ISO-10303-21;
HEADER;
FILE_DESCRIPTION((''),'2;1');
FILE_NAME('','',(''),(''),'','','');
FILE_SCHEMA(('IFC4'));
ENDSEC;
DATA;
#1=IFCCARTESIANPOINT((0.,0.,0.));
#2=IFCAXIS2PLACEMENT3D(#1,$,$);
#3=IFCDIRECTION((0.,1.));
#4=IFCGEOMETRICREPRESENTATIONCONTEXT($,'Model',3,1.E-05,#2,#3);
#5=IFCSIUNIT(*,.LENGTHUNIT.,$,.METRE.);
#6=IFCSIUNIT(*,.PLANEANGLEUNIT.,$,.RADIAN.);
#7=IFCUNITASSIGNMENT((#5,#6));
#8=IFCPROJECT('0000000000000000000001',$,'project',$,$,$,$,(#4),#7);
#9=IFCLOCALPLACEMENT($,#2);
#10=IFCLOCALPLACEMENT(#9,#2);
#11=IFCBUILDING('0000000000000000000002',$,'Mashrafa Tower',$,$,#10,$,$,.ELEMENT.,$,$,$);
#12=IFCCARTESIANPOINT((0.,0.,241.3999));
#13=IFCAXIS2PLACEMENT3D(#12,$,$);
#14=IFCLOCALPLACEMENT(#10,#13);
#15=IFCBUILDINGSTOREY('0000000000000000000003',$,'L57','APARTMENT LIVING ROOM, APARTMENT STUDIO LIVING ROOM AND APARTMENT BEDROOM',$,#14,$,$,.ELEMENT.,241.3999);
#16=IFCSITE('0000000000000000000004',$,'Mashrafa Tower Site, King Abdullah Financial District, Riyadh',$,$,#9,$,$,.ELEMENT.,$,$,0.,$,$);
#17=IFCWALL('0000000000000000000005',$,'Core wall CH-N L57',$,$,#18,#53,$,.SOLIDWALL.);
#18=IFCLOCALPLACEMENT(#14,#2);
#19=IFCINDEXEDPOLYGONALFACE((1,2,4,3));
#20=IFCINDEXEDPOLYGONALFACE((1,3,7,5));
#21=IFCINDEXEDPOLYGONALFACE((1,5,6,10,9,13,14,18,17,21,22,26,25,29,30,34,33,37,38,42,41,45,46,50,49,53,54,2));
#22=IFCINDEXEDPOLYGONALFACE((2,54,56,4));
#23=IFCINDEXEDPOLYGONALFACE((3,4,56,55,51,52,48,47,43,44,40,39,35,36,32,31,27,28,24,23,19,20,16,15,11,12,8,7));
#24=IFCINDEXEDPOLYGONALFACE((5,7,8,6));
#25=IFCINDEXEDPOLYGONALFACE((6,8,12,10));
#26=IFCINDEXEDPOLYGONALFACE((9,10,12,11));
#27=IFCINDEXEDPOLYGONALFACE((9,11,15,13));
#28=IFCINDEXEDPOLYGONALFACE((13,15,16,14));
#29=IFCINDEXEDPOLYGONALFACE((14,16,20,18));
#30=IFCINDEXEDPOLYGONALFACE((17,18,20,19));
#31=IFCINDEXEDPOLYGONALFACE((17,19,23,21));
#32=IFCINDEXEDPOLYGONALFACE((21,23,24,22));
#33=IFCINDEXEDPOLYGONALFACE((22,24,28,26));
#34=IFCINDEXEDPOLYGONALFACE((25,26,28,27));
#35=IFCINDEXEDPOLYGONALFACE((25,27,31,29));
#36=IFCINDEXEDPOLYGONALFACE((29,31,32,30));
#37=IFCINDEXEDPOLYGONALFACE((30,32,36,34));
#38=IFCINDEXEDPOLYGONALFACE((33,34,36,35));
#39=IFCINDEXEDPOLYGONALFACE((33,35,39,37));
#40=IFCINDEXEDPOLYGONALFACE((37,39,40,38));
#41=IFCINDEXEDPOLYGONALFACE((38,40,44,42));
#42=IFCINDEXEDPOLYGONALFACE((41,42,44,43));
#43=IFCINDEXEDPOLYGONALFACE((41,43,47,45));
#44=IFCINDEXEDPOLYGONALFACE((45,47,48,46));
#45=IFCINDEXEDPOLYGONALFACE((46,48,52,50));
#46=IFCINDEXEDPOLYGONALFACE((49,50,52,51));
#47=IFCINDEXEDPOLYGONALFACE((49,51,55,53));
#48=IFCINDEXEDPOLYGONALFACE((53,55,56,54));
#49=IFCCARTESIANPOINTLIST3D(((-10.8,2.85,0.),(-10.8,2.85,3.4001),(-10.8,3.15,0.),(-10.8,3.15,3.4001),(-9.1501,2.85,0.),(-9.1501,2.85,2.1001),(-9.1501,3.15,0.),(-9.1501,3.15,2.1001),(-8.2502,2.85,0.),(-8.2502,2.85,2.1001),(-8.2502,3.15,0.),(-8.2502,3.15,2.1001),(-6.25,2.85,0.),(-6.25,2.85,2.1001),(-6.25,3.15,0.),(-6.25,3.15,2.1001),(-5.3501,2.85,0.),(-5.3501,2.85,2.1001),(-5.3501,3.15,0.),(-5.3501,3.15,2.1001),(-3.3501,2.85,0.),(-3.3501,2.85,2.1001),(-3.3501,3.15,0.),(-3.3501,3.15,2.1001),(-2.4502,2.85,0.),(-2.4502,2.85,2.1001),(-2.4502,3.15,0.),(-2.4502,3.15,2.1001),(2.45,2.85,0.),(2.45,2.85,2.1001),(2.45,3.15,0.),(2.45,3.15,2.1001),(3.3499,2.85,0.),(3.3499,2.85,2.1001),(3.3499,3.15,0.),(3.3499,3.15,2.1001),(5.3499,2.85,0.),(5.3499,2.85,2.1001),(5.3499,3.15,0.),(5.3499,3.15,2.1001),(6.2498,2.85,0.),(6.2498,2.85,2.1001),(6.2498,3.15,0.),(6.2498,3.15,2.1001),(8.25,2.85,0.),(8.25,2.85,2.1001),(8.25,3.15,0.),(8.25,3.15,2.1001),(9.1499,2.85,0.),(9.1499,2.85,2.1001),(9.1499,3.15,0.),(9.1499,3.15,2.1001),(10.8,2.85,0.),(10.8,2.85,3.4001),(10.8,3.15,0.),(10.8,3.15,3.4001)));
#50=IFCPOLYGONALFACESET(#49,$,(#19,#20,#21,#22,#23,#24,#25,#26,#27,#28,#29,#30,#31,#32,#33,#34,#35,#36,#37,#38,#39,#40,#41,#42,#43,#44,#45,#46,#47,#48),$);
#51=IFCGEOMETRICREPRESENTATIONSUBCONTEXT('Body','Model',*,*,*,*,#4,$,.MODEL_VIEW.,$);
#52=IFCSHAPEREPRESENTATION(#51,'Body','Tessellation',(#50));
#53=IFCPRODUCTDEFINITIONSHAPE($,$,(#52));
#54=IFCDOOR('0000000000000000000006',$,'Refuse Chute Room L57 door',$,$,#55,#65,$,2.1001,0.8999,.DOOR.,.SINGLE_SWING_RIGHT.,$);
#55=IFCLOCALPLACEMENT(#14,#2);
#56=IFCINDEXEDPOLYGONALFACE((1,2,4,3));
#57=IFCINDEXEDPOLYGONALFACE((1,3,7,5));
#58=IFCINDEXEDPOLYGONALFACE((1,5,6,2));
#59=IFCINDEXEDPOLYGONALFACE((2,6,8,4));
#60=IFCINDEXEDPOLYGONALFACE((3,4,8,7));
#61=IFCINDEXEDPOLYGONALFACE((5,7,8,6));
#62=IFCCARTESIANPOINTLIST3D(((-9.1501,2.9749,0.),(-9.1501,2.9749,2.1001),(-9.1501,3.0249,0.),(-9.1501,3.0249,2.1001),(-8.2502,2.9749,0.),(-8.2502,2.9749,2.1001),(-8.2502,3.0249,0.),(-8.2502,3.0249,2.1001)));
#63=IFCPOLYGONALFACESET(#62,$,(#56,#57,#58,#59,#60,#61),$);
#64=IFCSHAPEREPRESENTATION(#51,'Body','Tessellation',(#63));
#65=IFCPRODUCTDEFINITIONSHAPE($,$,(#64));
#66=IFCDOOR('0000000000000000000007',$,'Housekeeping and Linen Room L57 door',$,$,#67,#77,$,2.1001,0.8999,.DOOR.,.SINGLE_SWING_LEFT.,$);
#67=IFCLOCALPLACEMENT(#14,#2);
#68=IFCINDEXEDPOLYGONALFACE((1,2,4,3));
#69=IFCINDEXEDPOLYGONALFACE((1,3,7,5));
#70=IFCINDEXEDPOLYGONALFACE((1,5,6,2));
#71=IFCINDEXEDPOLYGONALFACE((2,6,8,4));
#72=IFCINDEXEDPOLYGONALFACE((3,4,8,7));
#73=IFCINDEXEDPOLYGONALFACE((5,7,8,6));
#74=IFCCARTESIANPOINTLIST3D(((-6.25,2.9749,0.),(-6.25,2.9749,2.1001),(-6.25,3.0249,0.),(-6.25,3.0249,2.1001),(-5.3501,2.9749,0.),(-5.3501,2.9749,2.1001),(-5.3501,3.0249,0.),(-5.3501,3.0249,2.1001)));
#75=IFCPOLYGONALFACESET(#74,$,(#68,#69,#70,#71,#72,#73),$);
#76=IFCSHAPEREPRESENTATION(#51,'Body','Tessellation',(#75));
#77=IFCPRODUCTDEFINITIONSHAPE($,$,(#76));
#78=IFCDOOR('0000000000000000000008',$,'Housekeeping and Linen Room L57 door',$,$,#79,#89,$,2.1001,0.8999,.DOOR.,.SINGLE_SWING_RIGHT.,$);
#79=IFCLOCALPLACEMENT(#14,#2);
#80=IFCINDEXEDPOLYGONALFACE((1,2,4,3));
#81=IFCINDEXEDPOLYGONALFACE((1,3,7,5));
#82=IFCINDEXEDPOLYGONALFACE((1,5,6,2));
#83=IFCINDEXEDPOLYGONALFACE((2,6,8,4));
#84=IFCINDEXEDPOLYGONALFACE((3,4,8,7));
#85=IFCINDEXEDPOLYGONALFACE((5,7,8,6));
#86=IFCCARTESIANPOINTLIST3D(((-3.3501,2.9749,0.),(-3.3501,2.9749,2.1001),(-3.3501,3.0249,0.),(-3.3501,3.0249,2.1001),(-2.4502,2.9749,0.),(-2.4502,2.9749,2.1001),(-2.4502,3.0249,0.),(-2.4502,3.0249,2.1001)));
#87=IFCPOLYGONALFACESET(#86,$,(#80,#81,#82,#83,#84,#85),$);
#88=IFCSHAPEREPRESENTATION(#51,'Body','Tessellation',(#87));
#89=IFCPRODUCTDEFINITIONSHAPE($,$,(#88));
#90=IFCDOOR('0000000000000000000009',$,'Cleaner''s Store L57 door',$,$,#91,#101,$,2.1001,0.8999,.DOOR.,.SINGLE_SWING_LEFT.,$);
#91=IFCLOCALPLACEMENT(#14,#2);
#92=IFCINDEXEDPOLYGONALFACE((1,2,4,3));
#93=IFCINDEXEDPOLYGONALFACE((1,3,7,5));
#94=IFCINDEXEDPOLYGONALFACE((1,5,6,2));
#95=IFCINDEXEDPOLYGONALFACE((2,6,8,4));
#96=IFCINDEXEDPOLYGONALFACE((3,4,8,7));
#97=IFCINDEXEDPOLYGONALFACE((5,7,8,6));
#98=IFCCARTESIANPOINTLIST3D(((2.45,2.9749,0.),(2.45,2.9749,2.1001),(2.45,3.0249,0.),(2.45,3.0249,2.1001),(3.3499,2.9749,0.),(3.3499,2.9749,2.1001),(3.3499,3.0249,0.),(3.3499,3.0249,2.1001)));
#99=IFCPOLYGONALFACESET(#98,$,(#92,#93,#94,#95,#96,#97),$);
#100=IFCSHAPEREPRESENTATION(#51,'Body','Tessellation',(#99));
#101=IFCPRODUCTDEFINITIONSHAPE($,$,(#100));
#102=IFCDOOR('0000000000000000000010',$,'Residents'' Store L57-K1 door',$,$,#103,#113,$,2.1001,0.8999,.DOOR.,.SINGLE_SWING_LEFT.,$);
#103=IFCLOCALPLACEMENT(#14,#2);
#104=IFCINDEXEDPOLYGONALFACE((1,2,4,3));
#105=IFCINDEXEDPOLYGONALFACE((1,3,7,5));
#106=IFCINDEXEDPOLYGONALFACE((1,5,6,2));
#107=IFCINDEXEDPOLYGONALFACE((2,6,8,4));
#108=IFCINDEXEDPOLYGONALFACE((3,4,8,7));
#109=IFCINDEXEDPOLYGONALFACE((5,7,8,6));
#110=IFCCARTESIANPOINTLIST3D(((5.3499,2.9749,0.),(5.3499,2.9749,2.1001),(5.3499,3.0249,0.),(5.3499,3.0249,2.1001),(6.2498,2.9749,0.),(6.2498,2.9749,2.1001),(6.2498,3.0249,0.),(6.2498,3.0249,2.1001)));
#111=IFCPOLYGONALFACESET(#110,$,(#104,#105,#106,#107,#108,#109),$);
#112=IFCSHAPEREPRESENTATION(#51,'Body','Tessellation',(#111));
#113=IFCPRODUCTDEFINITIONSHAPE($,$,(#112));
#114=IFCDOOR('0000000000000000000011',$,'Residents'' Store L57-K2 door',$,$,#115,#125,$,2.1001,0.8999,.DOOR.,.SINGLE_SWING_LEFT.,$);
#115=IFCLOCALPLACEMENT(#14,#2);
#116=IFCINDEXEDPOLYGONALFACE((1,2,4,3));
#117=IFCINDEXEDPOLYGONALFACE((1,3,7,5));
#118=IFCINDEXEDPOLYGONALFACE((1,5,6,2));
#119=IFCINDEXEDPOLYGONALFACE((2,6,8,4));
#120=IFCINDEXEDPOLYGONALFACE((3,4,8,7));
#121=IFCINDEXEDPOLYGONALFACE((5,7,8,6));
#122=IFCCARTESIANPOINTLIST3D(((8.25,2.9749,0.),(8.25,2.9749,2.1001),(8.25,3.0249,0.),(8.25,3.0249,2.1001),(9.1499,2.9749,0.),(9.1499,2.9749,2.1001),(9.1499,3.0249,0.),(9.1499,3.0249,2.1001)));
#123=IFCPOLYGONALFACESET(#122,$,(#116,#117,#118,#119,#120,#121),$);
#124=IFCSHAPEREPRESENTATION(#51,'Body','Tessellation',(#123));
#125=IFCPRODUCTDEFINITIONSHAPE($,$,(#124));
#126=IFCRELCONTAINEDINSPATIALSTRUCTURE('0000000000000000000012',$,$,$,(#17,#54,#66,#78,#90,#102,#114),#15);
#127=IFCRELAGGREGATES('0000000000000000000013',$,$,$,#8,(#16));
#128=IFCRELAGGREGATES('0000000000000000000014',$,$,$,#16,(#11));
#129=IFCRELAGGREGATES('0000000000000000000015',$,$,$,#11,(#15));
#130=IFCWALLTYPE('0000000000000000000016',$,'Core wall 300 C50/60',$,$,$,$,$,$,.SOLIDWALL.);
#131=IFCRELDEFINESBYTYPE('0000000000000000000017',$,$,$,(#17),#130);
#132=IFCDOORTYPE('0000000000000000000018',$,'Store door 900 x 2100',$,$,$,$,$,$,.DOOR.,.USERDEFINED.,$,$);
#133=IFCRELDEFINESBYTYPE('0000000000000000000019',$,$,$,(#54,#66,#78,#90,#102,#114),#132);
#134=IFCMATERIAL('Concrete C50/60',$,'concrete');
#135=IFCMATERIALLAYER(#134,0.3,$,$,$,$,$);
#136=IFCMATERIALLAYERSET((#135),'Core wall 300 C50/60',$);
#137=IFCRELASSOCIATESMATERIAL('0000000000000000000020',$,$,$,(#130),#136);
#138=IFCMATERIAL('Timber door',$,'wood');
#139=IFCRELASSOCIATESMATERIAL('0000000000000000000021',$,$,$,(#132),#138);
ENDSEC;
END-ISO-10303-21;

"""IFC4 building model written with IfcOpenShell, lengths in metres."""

from ifc_helpers import new_model, si_unit, direction, frame, frame_2d, origin, place, context, subcontext, project, spatial, rectangle, extrude, material, layer, layer_set, type_object, element, fill, save


model = new_model("IFC4")

# Units and contexts
model_context = context("Model", 3, precision=1e-05, world=origin(), true_north=direction((0.0, 1.0)))
body_context = subcontext(model_context, "Body", "Model", "MODEL_VIEW")
ifc_project = project(units=[si_unit("LENGTHUNIT", "METRE"), si_unit("PLANEANGLEUNIT", "RADIAN")], contexts=[model_context])

# Site, building, storey
site_placement = place(None, origin())
site = spatial("IfcSite", under=ifc_project, at=site_placement, Name="Mashrafa Tower Site, King Abdullah Financial District, Riyadh", CompositionType="ELEMENT", RefElevation=0.0)
building_placement = place(site_placement, origin())
building = spatial("IfcBuilding", under=site, at=building_placement, Name="Mashrafa Tower", CompositionType="ELEMENT")
storey_placement = place(building_placement, frame((0.0, 0.0, 241.3999)))
storey = spatial("IfcBuildingStorey", under=building, at=storey_placement, Name="L57", Description="APARTMENT LIVING ROOM, APARTMENT STUDIO LIVING ROOM AND APARTMENT BEDROOM", CompositionType="ELEMENT", Elevation=241.3999)

# Wall, openings, doors
ifc_material_1 = material(Name="Concrete C50/60", Category="concrete")
ifc_layer_1 = layer(ifc_material_1, 0.3)
ifc_layer_set_1 = layer_set([ifc_layer_1], Name="Core wall 300 C50/60")
wall_type = type_object("IfcWallType", Name="Core wall 300 C50/60", PredefinedType="SOLIDWALL", material=ifc_layer_set_1)
wall_placement = place(storey_placement, frame((-10.8, 3.0, 0.0), z_axis=(0.0, 0.0, 1.0), x_axis=(1.0, 0.0, 0.0)))
wall = element("IfcWall", 1, at=wall_placement, inside=storey, type_object=wall_type, Name="Core wall CH-N L57", PredefinedType="SOLIDWALL", context=body_context, shape_type="SweptSolid", body=[
    extrude(rectangle(XDim=21.6001, YDim=0.3, at=frame_2d((10.8, 0.0))), origin(), (0.0, 0.0, 1.0), 3.4001),
])
opening_1_placement = place(wall_placement, frame((1.6499, 0.0, 0.0)))
opening_1 = element("IfcOpeningElement", 2, at=opening_1_placement, cuts=wall, PredefinedType="OPENING", context=body_context, shape_type="SweptSolid", body=[
    extrude(rectangle(XDim=0.8999, YDim=2.1001, at=frame_2d((0.45, 1.05))), frame((0.0, 0.1599, 0.0), z_axis=(0.0, -1.0, 0.0), x_axis=(1.0, 0.0, 0.0)), (0.0, 0.0, 1.0), 0.3201),
])
opening_2_placement = place(wall_placement, frame((4.55, 0.0, 0.0)))
opening_2 = element("IfcOpeningElement", 3, at=opening_2_placement, cuts=wall, PredefinedType="OPENING", context=body_context, shape_type="SweptSolid", body=[
    extrude(rectangle(XDim=0.8999, YDim=2.1001, at=frame_2d((0.45, 1.05))), frame((0.0, 0.1599, 0.0), z_axis=(0.0, -1.0, 0.0), x_axis=(1.0, 0.0, 0.0)), (0.0, 0.0, 1.0), 0.3201),
])
opening_3_placement = place(wall_placement, frame((7.45, 0.0, 0.0)))
opening_3 = element("IfcOpeningElement", 4, at=opening_3_placement, cuts=wall, PredefinedType="OPENING", context=body_context, shape_type="SweptSolid", body=[
    extrude(rectangle(XDim=0.8999, YDim=2.1001, at=frame_2d((0.45, 1.05))), frame((0.0, 0.1599, 0.0), z_axis=(0.0, -1.0, 0.0), x_axis=(1.0, 0.0, 0.0)), (0.0, 0.0, 1.0), 0.3201),
])
opening_4_placement = place(wall_placement, frame((13.25, 0.0, 0.0)))
opening_4 = element("IfcOpeningElement", 5, at=opening_4_placement, cuts=wall, PredefinedType="OPENING", context=body_context, shape_type="SweptSolid", body=[
    extrude(rectangle(XDim=0.8999, YDim=2.1001, at=frame_2d((0.45, 1.05))), frame((0.0, 0.1599, 0.0), z_axis=(0.0, -1.0, 0.0), x_axis=(1.0, 0.0, 0.0)), (0.0, 0.0, 1.0), 0.3201),
])
opening_5_placement = place(wall_placement, frame((16.1499, 0.0, 0.0)))
opening_5 = element("IfcOpeningElement", 6, at=opening_5_placement, cuts=wall, PredefinedType="OPENING", context=body_context, shape_type="SweptSolid", body=[
    extrude(rectangle(XDim=0.8999, YDim=2.1001, at=frame_2d((0.45, 1.05))), frame((0.0, 0.1599, 0.0), z_axis=(0.0, -1.0, 0.0), x_axis=(1.0, 0.0, 0.0)), (0.0, 0.0, 1.0), 0.3201),
])
opening_6_placement = place(wall_placement, frame((19.05, 0.0, 0.0)))
opening_6 = element("IfcOpeningElement", 7, at=opening_6_placement, cuts=wall, PredefinedType="OPENING", context=body_context, shape_type="SweptSolid", body=[
    extrude(rectangle(XDim=0.8999, YDim=2.1001, at=frame_2d((0.45, 1.05))), frame((0.0, 0.1599, 0.0), z_axis=(0.0, -1.0, 0.0), x_axis=(1.0, 0.0, 0.0)), (0.0, 0.0, 1.0), 0.3201),
])
ifc_material_2 = material(Name="Timber door", Category="wood")
door_type = type_object("IfcDoorType", Name="Store door 900 x 2100", OperationType="USERDEFINED", PredefinedType="DOOR", material=ifc_material_2)
door_1_placement = place(opening_1_placement, origin())
door_1 = element("IfcDoor", 8, at=door_1_placement, inside=storey, type_object=door_type, Name="Refuse Chute Room L57 door", OperationType="SINGLE_SWING_RIGHT", OverallHeight=2.1001, OverallWidth=0.8999, PredefinedType="DOOR", context=body_context, shape_type="SweptSolid", body=[
    extrude(rectangle(XDim=0.8999, YDim=2.1001, at=frame_2d((0.45, 1.05))), frame((0.0, 0.0249, 0.0), z_axis=(0.0, -1.0, 0.0), x_axis=(1.0, 0.0, 0.0)), (0.0, 0.0, 1.0), 0.05),
])
fill(opening_1, door_1)
door_2_placement = place(opening_2_placement, origin())
door_2 = element("IfcDoor", 9, at=door_2_placement, inside=storey, type_object=door_type, Name="Housekeeping and Linen Room L57 door", OperationType="SINGLE_SWING_LEFT", OverallHeight=2.1001, OverallWidth=0.8999, PredefinedType="DOOR", context=body_context, shape_type="SweptSolid", body=[
    extrude(rectangle(XDim=0.8999, YDim=2.1001, at=frame_2d((0.45, 1.05))), frame((0.0, 0.0249, 0.0), z_axis=(0.0, -1.0, 0.0), x_axis=(1.0, 0.0, 0.0)), (0.0, 0.0, 1.0), 0.05),
])
fill(opening_2, door_2)
door_3_placement = place(opening_3_placement, origin())
door_3 = element("IfcDoor", 10, at=door_3_placement, inside=storey, type_object=door_type, Name="Housekeeping and Linen Room L57 door", OperationType="SINGLE_SWING_RIGHT", OverallHeight=2.1001, OverallWidth=0.8999, PredefinedType="DOOR", context=body_context, shape_type="SweptSolid", body=[
    extrude(rectangle(XDim=0.8999, YDim=2.1001, at=frame_2d((0.45, 1.05))), frame((0.0, 0.0249, 0.0), z_axis=(0.0, -1.0, 0.0), x_axis=(1.0, 0.0, 0.0)), (0.0, 0.0, 1.0), 0.05),
])
fill(opening_3, door_3)
door_4_placement = place(opening_4_placement, origin())
door_4 = element("IfcDoor", 11, at=door_4_placement, inside=storey, type_object=door_type, Name="Cleaner's Store L57 door", OperationType="SINGLE_SWING_LEFT", OverallHeight=2.1001, OverallWidth=0.8999, PredefinedType="DOOR", context=body_context, shape_type="SweptSolid", body=[
    extrude(rectangle(XDim=0.8999, YDim=2.1001, at=frame_2d((0.45, 1.05))), frame((0.0, 0.0249, 0.0), z_axis=(0.0, -1.0, 0.0), x_axis=(1.0, 0.0, 0.0)), (0.0, 0.0, 1.0), 0.05),
])
fill(opening_4, door_4)
door_5_placement = place(opening_5_placement, origin())
door_5 = element("IfcDoor", 12, at=door_5_placement, inside=storey, type_object=door_type, Name="Residents' Store L57-K1 door", OperationType="SINGLE_SWING_LEFT", OverallHeight=2.1001, OverallWidth=0.8999, PredefinedType="DOOR", context=body_context, shape_type="SweptSolid", body=[
    extrude(rectangle(XDim=0.8999, YDim=2.1001, at=frame_2d((0.45, 1.05))), frame((0.0, 0.0249, 0.0), z_axis=(0.0, -1.0, 0.0), x_axis=(1.0, 0.0, 0.0)), (0.0, 0.0, 1.0), 0.05),
])
fill(opening_5, door_5)
door_6_placement = place(opening_6_placement, origin())
door_6 = element("IfcDoor", 13, at=door_6_placement, inside=storey, type_object=door_type, Name="Residents' Store L57-K2 door", OperationType="SINGLE_SWING_LEFT", OverallHeight=2.1001, OverallWidth=0.8999, PredefinedType="DOOR", context=body_context, shape_type="SweptSolid", body=[
    extrude(rectangle(XDim=0.8999, YDim=2.1001, at=frame_2d((0.45, 1.05))), frame((0.0, 0.0249, 0.0), z_axis=(0.0, -1.0, 0.0), x_axis=(1.0, 0.0, 0.0)), (0.0, 0.0, 1.0), 0.05),
])
fill(opening_6, door_6)

save(model, "model.ifc")
